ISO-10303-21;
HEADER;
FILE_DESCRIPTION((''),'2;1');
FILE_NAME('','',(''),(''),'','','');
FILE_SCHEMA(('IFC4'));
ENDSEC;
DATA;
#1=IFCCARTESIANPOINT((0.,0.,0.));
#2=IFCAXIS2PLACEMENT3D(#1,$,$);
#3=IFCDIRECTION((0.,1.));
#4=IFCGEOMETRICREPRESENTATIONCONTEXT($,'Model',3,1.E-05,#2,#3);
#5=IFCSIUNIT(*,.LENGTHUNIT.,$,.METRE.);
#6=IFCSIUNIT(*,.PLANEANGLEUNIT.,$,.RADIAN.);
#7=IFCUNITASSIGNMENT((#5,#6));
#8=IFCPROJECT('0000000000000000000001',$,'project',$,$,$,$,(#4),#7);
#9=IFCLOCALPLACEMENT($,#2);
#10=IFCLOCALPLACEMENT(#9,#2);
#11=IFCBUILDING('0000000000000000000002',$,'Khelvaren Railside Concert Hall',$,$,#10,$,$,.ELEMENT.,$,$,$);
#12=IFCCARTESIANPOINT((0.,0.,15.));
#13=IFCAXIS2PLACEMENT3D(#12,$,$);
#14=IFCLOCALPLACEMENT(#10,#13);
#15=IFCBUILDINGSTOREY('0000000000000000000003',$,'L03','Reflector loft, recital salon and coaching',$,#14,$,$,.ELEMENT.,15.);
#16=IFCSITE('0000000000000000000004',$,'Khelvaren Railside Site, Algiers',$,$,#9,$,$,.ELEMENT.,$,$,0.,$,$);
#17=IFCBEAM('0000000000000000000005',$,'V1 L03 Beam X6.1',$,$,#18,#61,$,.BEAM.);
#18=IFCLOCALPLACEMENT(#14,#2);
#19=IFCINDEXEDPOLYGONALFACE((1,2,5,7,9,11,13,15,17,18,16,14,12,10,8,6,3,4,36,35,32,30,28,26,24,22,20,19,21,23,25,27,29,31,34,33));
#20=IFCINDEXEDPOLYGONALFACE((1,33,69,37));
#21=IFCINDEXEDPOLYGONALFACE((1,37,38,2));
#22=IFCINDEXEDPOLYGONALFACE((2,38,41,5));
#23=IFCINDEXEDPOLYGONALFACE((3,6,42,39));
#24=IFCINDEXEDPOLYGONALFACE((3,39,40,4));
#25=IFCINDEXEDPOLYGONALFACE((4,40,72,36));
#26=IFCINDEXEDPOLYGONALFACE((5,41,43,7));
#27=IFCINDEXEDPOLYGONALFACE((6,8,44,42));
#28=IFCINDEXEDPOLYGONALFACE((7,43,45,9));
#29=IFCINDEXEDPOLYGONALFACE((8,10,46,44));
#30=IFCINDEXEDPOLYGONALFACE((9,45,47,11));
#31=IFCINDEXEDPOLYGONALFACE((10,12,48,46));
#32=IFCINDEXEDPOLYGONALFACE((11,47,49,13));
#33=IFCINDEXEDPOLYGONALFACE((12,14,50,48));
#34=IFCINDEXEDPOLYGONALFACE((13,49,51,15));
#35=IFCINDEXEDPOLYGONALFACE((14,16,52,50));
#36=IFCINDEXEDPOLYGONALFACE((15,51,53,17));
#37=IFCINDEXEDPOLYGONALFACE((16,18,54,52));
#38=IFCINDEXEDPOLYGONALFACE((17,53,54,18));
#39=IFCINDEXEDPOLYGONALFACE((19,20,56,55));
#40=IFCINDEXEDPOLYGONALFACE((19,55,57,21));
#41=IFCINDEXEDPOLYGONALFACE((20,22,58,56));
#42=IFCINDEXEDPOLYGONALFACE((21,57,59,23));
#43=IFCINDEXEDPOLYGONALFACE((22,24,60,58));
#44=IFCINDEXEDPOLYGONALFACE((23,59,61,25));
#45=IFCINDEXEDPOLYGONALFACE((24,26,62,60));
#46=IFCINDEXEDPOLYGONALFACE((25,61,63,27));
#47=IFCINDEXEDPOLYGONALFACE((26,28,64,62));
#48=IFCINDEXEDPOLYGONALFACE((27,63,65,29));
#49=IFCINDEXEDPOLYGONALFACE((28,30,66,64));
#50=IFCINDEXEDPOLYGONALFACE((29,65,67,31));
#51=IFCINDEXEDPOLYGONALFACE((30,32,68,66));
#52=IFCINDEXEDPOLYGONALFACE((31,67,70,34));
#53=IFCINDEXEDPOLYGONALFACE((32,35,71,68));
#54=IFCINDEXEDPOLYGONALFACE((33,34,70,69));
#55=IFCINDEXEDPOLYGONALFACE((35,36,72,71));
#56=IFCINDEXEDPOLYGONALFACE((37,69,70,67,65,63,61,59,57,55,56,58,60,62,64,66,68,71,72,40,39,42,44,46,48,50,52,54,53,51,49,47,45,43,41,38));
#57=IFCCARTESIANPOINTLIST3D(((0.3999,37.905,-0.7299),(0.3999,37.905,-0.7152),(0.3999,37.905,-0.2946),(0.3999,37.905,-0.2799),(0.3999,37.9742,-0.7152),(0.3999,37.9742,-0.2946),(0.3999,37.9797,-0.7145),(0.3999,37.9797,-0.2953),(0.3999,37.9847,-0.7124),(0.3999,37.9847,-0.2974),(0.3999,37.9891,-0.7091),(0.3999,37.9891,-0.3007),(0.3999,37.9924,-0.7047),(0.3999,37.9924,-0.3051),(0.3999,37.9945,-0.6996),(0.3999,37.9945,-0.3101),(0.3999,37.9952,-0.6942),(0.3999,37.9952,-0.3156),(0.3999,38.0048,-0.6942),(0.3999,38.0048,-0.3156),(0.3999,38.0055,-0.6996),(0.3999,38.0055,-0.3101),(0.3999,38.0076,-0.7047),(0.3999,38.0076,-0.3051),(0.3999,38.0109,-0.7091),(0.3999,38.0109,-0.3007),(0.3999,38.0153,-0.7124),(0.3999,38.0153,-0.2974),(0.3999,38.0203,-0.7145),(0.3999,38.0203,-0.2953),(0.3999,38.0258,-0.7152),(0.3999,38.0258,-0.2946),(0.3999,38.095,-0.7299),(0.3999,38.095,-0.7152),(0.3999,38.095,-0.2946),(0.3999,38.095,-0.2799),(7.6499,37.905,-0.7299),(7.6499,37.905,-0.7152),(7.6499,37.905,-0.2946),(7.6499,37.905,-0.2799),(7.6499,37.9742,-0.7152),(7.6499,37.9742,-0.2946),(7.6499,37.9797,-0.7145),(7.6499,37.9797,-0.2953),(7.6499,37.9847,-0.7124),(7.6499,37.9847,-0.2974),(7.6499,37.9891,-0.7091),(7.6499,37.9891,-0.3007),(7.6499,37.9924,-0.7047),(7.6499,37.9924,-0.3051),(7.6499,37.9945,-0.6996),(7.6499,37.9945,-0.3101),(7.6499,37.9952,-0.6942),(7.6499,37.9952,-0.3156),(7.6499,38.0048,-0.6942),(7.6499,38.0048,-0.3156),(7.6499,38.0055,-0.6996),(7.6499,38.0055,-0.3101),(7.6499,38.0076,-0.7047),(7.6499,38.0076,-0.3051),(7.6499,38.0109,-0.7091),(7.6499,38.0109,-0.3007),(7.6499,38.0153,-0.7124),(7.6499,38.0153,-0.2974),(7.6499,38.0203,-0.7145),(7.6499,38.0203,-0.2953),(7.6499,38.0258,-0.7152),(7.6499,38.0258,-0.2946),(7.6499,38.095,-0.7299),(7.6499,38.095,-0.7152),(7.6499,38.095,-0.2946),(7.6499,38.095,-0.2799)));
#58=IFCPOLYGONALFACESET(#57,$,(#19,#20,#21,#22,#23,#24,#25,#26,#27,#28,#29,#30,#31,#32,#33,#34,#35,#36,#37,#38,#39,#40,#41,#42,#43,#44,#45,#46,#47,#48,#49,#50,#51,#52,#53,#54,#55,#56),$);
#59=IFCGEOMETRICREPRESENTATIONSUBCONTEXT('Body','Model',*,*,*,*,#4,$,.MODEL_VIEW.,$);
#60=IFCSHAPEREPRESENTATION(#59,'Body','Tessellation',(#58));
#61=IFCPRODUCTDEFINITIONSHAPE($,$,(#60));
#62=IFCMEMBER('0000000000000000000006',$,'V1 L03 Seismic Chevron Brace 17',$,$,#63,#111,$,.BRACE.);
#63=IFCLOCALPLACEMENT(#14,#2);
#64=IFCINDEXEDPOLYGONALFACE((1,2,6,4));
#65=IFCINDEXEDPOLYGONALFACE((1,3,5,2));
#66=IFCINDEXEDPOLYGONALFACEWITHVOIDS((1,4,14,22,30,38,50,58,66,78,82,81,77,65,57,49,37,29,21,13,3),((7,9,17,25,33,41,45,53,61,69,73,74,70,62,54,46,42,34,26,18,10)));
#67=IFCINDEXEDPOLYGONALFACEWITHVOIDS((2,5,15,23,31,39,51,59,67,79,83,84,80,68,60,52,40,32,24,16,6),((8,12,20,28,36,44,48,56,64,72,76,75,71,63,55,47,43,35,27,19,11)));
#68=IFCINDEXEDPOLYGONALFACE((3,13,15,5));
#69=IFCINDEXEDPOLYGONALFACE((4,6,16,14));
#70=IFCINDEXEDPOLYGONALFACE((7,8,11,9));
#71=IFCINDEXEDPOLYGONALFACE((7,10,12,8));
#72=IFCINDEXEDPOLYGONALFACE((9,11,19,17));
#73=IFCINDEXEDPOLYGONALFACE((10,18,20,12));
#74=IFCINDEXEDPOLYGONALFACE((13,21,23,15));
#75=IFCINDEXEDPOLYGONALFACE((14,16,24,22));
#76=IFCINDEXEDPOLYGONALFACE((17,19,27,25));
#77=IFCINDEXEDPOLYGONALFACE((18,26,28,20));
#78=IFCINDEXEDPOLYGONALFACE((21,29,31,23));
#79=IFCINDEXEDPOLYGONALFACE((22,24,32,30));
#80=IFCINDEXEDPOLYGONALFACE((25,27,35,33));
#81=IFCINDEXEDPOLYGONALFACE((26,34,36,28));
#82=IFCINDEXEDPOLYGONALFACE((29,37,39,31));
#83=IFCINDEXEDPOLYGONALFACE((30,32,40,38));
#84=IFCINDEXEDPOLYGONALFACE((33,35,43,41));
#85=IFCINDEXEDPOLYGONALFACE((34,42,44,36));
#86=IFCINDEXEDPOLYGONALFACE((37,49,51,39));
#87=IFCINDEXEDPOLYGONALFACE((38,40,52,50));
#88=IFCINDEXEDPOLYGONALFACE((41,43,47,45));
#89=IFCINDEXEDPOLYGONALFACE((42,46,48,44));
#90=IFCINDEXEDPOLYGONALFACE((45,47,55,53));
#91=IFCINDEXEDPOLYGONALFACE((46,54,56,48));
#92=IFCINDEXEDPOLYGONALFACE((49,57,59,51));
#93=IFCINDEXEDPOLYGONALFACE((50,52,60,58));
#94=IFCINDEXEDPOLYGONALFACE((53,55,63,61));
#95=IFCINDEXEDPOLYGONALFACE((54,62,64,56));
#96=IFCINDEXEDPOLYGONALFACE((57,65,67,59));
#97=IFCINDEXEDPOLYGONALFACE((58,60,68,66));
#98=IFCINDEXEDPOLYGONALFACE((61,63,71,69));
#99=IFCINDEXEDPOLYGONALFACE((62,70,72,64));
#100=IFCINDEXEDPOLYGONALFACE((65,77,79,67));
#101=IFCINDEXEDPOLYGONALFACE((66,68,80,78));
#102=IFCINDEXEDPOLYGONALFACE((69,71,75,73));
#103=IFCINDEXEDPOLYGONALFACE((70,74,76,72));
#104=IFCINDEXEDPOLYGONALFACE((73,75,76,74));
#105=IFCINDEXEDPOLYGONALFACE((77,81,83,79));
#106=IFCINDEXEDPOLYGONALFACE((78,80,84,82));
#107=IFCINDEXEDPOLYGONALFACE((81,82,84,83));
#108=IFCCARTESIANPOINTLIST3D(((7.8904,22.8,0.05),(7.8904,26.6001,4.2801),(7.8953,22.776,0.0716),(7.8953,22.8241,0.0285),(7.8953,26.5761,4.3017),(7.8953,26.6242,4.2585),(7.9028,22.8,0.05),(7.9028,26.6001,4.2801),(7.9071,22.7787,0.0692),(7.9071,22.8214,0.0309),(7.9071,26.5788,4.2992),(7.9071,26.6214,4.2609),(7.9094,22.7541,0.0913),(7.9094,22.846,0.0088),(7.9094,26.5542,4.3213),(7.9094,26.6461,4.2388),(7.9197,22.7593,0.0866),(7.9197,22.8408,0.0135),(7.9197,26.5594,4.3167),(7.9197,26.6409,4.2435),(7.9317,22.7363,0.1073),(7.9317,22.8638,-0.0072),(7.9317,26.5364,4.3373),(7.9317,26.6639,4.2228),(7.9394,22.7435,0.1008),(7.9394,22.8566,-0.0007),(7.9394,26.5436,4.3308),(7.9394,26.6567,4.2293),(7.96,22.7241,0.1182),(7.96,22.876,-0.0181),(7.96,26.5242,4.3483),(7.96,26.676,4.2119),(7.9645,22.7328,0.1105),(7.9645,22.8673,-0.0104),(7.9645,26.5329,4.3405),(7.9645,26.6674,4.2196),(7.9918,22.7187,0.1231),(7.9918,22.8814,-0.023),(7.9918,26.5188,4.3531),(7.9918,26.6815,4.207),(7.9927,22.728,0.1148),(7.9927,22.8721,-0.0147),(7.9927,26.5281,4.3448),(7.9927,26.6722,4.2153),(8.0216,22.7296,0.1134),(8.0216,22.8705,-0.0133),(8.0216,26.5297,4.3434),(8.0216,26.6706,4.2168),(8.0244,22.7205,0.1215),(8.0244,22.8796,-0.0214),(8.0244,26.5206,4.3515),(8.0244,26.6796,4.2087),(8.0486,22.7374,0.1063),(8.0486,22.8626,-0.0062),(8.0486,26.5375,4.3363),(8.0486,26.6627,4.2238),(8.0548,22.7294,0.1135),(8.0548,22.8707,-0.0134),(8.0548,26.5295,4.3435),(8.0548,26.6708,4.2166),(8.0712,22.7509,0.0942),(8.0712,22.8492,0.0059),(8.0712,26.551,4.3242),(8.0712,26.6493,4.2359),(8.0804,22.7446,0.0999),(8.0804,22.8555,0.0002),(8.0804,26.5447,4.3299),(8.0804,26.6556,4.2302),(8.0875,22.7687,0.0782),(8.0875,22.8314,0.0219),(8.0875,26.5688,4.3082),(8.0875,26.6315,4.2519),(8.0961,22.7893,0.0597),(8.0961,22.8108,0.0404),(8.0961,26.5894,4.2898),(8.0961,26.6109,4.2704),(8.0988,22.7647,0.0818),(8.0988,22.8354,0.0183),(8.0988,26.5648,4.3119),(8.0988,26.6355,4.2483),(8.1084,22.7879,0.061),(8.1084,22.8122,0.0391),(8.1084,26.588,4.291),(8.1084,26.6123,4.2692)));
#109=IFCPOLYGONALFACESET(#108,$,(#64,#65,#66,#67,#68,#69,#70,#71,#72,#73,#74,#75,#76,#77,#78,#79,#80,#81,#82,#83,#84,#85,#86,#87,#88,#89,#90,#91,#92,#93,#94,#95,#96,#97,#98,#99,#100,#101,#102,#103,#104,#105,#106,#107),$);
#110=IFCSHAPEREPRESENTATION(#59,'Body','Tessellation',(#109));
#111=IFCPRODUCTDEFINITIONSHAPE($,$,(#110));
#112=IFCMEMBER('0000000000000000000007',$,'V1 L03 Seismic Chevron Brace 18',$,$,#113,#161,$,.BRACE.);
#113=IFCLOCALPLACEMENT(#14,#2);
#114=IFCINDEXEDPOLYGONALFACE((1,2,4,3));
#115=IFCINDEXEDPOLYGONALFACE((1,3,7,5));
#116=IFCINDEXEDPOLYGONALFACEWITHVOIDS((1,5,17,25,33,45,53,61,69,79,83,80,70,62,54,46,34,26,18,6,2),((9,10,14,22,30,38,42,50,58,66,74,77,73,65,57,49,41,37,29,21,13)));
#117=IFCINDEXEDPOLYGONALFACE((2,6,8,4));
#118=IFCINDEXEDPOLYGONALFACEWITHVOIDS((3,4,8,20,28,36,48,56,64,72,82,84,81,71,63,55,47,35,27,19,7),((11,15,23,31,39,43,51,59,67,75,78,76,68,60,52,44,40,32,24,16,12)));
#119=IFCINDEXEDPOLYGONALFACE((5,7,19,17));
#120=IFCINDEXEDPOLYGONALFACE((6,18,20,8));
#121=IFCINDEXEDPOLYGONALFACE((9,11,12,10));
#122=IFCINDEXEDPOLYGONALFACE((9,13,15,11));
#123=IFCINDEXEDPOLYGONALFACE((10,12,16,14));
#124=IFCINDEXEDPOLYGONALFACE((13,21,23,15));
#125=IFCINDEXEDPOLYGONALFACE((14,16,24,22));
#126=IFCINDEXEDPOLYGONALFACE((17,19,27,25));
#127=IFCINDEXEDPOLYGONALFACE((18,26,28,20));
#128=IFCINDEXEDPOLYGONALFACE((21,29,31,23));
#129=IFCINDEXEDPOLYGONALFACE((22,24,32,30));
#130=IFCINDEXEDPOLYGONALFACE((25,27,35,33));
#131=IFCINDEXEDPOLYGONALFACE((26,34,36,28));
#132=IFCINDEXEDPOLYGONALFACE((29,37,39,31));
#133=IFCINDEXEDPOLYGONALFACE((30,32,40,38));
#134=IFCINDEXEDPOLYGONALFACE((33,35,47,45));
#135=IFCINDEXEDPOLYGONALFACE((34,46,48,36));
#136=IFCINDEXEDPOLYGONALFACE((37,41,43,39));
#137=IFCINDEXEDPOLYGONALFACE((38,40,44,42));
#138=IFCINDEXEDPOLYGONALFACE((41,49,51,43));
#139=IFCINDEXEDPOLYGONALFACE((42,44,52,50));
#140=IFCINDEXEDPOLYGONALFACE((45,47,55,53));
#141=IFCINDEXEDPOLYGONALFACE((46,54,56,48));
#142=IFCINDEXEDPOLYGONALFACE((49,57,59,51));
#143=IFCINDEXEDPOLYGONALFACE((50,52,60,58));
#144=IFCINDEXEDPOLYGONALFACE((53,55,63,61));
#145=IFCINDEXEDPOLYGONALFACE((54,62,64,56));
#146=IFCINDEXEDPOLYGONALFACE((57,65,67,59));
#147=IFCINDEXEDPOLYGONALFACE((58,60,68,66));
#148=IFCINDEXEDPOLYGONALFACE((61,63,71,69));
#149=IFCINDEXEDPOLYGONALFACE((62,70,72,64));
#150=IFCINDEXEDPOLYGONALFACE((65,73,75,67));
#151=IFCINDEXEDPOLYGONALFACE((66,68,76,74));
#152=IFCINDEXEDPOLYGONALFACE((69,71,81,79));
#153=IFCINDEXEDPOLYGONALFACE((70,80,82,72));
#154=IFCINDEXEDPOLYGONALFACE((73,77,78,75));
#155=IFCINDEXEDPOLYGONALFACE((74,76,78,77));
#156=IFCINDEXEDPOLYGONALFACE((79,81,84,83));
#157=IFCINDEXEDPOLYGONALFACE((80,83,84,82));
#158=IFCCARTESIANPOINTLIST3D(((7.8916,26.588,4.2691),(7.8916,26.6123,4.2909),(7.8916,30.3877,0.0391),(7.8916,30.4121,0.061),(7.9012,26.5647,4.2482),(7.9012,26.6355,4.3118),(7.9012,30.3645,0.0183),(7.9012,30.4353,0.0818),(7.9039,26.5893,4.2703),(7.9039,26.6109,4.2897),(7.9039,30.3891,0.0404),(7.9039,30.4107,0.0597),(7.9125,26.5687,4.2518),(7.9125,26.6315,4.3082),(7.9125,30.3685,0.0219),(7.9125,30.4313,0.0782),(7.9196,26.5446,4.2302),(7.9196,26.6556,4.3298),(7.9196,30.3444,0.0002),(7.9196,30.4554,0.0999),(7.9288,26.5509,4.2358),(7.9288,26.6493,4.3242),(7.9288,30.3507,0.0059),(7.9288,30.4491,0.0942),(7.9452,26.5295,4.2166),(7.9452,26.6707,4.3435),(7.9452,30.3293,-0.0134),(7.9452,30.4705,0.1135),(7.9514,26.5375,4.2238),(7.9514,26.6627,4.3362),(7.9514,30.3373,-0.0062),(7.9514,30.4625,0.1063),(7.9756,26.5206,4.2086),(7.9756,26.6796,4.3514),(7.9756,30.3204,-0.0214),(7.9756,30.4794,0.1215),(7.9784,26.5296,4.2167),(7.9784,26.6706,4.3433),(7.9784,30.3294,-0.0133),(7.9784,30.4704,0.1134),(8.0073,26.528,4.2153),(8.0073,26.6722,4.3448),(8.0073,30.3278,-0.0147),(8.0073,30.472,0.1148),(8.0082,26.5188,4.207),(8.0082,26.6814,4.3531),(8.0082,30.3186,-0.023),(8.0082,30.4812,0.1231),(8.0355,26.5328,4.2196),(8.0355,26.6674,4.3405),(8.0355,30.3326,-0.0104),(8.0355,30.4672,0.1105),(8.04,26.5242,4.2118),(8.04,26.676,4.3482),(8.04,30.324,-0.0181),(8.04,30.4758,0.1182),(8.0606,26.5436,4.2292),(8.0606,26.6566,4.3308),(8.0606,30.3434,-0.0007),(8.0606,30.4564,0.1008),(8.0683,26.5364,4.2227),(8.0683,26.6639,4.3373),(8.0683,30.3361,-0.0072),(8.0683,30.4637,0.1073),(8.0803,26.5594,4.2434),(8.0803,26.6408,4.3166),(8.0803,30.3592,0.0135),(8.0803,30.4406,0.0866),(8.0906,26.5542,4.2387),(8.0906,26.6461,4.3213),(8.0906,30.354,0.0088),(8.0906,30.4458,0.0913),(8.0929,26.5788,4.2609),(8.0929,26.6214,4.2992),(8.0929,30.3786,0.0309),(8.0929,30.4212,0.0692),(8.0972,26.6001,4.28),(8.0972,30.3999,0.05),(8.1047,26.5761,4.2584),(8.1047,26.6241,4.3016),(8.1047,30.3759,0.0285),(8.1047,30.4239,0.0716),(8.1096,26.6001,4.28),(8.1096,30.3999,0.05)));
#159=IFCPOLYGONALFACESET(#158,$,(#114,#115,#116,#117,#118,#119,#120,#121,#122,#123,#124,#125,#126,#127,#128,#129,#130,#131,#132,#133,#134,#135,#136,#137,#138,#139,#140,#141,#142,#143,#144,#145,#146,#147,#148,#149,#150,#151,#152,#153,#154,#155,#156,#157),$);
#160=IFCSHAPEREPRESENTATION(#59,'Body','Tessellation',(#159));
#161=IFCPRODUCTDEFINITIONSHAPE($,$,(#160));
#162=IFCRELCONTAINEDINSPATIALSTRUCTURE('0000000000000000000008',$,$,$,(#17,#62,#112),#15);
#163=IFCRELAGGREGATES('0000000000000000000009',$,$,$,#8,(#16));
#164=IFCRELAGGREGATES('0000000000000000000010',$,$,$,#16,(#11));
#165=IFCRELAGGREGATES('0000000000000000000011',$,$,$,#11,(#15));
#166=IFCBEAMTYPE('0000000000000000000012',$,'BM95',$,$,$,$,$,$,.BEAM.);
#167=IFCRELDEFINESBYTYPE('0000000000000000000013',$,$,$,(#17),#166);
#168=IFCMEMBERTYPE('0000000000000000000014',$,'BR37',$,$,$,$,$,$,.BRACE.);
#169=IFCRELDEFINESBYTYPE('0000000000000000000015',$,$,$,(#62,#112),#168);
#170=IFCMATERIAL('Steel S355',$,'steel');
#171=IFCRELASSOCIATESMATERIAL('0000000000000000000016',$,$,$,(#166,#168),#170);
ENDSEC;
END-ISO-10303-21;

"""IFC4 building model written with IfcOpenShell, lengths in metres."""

from ifc_helpers import new_model, si_unit, direction, frame, origin, origin_2d, place, context, subcontext, project, spatial, hollow_circle, i_section, extrude, material, material_profile, profile_set, type_object, element, save


model = new_model("IFC4")

# Units and contexts
model_context = context("Model", 3, precision=1e-05, world=origin(), true_north=direction((0.0, 1.0)))
body_context = subcontext(model_context, "Body", "Model", "MODEL_VIEW")
ifc_project = project(units=[si_unit("LENGTHUNIT", "METRE"), si_unit("PLANEANGLEUNIT", "RADIAN")], contexts=[model_context])

# Site, building, storey
site_placement = place(None, origin())
site = spatial("IfcSite", under=ifc_project, at=site_placement, Name="Khelvaren Railside Site, Algiers", CompositionType="ELEMENT", RefElevation=0.0)
building_placement = place(site_placement, origin())
building = spatial("IfcBuilding", under=site, at=building_placement, Name="Khelvaren Railside Concert Hall", CompositionType="ELEMENT")
storey_placement = place(building_placement, frame((0.0, 0.0, 15.0)))
storey = spatial("IfcBuildingStorey", under=building, at=storey_placement, Name="L03", Description="Reflector loft, recital salon and coaching", CompositionType="ELEMENT", Elevation=15.0)

# Beam
ifc_material_1 = material(Name="Steel S355", Category="steel")
ifc_material_profile_1 = material_profile(ifc_material_1, i_section(OverallWidth=0.1899, OverallDepth=0.45, WebThickness=0.0095, FlangeThickness=0.0146, FilletRadius=0.021, at=origin_2d()), Name="IPE 450")
ifc_profile_set_1 = profile_set([ifc_material_profile_1], Name="Steel S355")
beam_type_1 = type_object("IfcBeamType", Name="BM95", PredefinedType="BEAM", material=ifc_profile_set_1)
beam_1_placement = place(storey_placement, frame((0.3999, 38.0, -0.5049), z_axis=(1.0, 0.0, 0.0), x_axis=(0.0, 1.0, 0.0)))
element("IfcBeam", 1, at=beam_1_placement, inside=storey, type_object=beam_type_1, Name="V1 L03 Beam X6.1", PredefinedType="BEAM", context=body_context, shape_type="SweptSolid", body=[
    extrude(i_section(OverallWidth=0.1899, OverallDepth=0.45, WebThickness=0.0095, FlangeThickness=0.0146, FilletRadius=0.021, at=origin_2d()), origin(), (0.0, 0.0, 1.0), 7.25),
])

# Members
ifc_material_profile_2 = material_profile(ifc_material_1, hollow_circle(Radius=0.1096, WallThickness=0.0125, at=origin_2d()), Name="CHS 219.1x12.5")
ifc_profile_set_2 = profile_set([ifc_material_profile_2], Name="Steel S355")
member_type_1 = type_object("IfcMemberType", Name="BR37", PredefinedType="BRACE", material=ifc_profile_set_2)
member_1_placement = place(storey_placement, frame((8.0, 22.8, 0.05), z_axis=(0.0, 0.668291, 0.7439), x_axis=(-1.0, 0.0, 0.0)))
element("IfcMember", 2, at=member_1_placement, inside=storey, type_object=member_type_1, Name="V1 L03 Seismic Chevron Brace 17", PredefinedType="BRACE", context=body_context, shape_type="SweptSolid", body=[
    extrude(hollow_circle(Radius=0.1096, WallThickness=0.0125, at=origin_2d()), origin(), (0.0, 0.0, 1.0), 5.6863),
])
member_2_placement = place(storey_placement, frame((8.0, 30.3999, 0.05), z_axis=(0.0, -0.668267, 0.743922), x_axis=(1.0, 0.0, 0.0)))
element("IfcMember", 3, at=member_2_placement, inside=storey, type_object=member_type_1, Name="V1 L03 Seismic Chevron Brace 18", PredefinedType="BRACE", context=body_context, shape_type="SweptSolid", body=[
    extrude(hollow_circle(Radius=0.1096, WallThickness=0.0125, at=origin_2d()), origin(), (0.0, 0.0, 1.0), 5.686),
])

save(model, "model.ifc")
